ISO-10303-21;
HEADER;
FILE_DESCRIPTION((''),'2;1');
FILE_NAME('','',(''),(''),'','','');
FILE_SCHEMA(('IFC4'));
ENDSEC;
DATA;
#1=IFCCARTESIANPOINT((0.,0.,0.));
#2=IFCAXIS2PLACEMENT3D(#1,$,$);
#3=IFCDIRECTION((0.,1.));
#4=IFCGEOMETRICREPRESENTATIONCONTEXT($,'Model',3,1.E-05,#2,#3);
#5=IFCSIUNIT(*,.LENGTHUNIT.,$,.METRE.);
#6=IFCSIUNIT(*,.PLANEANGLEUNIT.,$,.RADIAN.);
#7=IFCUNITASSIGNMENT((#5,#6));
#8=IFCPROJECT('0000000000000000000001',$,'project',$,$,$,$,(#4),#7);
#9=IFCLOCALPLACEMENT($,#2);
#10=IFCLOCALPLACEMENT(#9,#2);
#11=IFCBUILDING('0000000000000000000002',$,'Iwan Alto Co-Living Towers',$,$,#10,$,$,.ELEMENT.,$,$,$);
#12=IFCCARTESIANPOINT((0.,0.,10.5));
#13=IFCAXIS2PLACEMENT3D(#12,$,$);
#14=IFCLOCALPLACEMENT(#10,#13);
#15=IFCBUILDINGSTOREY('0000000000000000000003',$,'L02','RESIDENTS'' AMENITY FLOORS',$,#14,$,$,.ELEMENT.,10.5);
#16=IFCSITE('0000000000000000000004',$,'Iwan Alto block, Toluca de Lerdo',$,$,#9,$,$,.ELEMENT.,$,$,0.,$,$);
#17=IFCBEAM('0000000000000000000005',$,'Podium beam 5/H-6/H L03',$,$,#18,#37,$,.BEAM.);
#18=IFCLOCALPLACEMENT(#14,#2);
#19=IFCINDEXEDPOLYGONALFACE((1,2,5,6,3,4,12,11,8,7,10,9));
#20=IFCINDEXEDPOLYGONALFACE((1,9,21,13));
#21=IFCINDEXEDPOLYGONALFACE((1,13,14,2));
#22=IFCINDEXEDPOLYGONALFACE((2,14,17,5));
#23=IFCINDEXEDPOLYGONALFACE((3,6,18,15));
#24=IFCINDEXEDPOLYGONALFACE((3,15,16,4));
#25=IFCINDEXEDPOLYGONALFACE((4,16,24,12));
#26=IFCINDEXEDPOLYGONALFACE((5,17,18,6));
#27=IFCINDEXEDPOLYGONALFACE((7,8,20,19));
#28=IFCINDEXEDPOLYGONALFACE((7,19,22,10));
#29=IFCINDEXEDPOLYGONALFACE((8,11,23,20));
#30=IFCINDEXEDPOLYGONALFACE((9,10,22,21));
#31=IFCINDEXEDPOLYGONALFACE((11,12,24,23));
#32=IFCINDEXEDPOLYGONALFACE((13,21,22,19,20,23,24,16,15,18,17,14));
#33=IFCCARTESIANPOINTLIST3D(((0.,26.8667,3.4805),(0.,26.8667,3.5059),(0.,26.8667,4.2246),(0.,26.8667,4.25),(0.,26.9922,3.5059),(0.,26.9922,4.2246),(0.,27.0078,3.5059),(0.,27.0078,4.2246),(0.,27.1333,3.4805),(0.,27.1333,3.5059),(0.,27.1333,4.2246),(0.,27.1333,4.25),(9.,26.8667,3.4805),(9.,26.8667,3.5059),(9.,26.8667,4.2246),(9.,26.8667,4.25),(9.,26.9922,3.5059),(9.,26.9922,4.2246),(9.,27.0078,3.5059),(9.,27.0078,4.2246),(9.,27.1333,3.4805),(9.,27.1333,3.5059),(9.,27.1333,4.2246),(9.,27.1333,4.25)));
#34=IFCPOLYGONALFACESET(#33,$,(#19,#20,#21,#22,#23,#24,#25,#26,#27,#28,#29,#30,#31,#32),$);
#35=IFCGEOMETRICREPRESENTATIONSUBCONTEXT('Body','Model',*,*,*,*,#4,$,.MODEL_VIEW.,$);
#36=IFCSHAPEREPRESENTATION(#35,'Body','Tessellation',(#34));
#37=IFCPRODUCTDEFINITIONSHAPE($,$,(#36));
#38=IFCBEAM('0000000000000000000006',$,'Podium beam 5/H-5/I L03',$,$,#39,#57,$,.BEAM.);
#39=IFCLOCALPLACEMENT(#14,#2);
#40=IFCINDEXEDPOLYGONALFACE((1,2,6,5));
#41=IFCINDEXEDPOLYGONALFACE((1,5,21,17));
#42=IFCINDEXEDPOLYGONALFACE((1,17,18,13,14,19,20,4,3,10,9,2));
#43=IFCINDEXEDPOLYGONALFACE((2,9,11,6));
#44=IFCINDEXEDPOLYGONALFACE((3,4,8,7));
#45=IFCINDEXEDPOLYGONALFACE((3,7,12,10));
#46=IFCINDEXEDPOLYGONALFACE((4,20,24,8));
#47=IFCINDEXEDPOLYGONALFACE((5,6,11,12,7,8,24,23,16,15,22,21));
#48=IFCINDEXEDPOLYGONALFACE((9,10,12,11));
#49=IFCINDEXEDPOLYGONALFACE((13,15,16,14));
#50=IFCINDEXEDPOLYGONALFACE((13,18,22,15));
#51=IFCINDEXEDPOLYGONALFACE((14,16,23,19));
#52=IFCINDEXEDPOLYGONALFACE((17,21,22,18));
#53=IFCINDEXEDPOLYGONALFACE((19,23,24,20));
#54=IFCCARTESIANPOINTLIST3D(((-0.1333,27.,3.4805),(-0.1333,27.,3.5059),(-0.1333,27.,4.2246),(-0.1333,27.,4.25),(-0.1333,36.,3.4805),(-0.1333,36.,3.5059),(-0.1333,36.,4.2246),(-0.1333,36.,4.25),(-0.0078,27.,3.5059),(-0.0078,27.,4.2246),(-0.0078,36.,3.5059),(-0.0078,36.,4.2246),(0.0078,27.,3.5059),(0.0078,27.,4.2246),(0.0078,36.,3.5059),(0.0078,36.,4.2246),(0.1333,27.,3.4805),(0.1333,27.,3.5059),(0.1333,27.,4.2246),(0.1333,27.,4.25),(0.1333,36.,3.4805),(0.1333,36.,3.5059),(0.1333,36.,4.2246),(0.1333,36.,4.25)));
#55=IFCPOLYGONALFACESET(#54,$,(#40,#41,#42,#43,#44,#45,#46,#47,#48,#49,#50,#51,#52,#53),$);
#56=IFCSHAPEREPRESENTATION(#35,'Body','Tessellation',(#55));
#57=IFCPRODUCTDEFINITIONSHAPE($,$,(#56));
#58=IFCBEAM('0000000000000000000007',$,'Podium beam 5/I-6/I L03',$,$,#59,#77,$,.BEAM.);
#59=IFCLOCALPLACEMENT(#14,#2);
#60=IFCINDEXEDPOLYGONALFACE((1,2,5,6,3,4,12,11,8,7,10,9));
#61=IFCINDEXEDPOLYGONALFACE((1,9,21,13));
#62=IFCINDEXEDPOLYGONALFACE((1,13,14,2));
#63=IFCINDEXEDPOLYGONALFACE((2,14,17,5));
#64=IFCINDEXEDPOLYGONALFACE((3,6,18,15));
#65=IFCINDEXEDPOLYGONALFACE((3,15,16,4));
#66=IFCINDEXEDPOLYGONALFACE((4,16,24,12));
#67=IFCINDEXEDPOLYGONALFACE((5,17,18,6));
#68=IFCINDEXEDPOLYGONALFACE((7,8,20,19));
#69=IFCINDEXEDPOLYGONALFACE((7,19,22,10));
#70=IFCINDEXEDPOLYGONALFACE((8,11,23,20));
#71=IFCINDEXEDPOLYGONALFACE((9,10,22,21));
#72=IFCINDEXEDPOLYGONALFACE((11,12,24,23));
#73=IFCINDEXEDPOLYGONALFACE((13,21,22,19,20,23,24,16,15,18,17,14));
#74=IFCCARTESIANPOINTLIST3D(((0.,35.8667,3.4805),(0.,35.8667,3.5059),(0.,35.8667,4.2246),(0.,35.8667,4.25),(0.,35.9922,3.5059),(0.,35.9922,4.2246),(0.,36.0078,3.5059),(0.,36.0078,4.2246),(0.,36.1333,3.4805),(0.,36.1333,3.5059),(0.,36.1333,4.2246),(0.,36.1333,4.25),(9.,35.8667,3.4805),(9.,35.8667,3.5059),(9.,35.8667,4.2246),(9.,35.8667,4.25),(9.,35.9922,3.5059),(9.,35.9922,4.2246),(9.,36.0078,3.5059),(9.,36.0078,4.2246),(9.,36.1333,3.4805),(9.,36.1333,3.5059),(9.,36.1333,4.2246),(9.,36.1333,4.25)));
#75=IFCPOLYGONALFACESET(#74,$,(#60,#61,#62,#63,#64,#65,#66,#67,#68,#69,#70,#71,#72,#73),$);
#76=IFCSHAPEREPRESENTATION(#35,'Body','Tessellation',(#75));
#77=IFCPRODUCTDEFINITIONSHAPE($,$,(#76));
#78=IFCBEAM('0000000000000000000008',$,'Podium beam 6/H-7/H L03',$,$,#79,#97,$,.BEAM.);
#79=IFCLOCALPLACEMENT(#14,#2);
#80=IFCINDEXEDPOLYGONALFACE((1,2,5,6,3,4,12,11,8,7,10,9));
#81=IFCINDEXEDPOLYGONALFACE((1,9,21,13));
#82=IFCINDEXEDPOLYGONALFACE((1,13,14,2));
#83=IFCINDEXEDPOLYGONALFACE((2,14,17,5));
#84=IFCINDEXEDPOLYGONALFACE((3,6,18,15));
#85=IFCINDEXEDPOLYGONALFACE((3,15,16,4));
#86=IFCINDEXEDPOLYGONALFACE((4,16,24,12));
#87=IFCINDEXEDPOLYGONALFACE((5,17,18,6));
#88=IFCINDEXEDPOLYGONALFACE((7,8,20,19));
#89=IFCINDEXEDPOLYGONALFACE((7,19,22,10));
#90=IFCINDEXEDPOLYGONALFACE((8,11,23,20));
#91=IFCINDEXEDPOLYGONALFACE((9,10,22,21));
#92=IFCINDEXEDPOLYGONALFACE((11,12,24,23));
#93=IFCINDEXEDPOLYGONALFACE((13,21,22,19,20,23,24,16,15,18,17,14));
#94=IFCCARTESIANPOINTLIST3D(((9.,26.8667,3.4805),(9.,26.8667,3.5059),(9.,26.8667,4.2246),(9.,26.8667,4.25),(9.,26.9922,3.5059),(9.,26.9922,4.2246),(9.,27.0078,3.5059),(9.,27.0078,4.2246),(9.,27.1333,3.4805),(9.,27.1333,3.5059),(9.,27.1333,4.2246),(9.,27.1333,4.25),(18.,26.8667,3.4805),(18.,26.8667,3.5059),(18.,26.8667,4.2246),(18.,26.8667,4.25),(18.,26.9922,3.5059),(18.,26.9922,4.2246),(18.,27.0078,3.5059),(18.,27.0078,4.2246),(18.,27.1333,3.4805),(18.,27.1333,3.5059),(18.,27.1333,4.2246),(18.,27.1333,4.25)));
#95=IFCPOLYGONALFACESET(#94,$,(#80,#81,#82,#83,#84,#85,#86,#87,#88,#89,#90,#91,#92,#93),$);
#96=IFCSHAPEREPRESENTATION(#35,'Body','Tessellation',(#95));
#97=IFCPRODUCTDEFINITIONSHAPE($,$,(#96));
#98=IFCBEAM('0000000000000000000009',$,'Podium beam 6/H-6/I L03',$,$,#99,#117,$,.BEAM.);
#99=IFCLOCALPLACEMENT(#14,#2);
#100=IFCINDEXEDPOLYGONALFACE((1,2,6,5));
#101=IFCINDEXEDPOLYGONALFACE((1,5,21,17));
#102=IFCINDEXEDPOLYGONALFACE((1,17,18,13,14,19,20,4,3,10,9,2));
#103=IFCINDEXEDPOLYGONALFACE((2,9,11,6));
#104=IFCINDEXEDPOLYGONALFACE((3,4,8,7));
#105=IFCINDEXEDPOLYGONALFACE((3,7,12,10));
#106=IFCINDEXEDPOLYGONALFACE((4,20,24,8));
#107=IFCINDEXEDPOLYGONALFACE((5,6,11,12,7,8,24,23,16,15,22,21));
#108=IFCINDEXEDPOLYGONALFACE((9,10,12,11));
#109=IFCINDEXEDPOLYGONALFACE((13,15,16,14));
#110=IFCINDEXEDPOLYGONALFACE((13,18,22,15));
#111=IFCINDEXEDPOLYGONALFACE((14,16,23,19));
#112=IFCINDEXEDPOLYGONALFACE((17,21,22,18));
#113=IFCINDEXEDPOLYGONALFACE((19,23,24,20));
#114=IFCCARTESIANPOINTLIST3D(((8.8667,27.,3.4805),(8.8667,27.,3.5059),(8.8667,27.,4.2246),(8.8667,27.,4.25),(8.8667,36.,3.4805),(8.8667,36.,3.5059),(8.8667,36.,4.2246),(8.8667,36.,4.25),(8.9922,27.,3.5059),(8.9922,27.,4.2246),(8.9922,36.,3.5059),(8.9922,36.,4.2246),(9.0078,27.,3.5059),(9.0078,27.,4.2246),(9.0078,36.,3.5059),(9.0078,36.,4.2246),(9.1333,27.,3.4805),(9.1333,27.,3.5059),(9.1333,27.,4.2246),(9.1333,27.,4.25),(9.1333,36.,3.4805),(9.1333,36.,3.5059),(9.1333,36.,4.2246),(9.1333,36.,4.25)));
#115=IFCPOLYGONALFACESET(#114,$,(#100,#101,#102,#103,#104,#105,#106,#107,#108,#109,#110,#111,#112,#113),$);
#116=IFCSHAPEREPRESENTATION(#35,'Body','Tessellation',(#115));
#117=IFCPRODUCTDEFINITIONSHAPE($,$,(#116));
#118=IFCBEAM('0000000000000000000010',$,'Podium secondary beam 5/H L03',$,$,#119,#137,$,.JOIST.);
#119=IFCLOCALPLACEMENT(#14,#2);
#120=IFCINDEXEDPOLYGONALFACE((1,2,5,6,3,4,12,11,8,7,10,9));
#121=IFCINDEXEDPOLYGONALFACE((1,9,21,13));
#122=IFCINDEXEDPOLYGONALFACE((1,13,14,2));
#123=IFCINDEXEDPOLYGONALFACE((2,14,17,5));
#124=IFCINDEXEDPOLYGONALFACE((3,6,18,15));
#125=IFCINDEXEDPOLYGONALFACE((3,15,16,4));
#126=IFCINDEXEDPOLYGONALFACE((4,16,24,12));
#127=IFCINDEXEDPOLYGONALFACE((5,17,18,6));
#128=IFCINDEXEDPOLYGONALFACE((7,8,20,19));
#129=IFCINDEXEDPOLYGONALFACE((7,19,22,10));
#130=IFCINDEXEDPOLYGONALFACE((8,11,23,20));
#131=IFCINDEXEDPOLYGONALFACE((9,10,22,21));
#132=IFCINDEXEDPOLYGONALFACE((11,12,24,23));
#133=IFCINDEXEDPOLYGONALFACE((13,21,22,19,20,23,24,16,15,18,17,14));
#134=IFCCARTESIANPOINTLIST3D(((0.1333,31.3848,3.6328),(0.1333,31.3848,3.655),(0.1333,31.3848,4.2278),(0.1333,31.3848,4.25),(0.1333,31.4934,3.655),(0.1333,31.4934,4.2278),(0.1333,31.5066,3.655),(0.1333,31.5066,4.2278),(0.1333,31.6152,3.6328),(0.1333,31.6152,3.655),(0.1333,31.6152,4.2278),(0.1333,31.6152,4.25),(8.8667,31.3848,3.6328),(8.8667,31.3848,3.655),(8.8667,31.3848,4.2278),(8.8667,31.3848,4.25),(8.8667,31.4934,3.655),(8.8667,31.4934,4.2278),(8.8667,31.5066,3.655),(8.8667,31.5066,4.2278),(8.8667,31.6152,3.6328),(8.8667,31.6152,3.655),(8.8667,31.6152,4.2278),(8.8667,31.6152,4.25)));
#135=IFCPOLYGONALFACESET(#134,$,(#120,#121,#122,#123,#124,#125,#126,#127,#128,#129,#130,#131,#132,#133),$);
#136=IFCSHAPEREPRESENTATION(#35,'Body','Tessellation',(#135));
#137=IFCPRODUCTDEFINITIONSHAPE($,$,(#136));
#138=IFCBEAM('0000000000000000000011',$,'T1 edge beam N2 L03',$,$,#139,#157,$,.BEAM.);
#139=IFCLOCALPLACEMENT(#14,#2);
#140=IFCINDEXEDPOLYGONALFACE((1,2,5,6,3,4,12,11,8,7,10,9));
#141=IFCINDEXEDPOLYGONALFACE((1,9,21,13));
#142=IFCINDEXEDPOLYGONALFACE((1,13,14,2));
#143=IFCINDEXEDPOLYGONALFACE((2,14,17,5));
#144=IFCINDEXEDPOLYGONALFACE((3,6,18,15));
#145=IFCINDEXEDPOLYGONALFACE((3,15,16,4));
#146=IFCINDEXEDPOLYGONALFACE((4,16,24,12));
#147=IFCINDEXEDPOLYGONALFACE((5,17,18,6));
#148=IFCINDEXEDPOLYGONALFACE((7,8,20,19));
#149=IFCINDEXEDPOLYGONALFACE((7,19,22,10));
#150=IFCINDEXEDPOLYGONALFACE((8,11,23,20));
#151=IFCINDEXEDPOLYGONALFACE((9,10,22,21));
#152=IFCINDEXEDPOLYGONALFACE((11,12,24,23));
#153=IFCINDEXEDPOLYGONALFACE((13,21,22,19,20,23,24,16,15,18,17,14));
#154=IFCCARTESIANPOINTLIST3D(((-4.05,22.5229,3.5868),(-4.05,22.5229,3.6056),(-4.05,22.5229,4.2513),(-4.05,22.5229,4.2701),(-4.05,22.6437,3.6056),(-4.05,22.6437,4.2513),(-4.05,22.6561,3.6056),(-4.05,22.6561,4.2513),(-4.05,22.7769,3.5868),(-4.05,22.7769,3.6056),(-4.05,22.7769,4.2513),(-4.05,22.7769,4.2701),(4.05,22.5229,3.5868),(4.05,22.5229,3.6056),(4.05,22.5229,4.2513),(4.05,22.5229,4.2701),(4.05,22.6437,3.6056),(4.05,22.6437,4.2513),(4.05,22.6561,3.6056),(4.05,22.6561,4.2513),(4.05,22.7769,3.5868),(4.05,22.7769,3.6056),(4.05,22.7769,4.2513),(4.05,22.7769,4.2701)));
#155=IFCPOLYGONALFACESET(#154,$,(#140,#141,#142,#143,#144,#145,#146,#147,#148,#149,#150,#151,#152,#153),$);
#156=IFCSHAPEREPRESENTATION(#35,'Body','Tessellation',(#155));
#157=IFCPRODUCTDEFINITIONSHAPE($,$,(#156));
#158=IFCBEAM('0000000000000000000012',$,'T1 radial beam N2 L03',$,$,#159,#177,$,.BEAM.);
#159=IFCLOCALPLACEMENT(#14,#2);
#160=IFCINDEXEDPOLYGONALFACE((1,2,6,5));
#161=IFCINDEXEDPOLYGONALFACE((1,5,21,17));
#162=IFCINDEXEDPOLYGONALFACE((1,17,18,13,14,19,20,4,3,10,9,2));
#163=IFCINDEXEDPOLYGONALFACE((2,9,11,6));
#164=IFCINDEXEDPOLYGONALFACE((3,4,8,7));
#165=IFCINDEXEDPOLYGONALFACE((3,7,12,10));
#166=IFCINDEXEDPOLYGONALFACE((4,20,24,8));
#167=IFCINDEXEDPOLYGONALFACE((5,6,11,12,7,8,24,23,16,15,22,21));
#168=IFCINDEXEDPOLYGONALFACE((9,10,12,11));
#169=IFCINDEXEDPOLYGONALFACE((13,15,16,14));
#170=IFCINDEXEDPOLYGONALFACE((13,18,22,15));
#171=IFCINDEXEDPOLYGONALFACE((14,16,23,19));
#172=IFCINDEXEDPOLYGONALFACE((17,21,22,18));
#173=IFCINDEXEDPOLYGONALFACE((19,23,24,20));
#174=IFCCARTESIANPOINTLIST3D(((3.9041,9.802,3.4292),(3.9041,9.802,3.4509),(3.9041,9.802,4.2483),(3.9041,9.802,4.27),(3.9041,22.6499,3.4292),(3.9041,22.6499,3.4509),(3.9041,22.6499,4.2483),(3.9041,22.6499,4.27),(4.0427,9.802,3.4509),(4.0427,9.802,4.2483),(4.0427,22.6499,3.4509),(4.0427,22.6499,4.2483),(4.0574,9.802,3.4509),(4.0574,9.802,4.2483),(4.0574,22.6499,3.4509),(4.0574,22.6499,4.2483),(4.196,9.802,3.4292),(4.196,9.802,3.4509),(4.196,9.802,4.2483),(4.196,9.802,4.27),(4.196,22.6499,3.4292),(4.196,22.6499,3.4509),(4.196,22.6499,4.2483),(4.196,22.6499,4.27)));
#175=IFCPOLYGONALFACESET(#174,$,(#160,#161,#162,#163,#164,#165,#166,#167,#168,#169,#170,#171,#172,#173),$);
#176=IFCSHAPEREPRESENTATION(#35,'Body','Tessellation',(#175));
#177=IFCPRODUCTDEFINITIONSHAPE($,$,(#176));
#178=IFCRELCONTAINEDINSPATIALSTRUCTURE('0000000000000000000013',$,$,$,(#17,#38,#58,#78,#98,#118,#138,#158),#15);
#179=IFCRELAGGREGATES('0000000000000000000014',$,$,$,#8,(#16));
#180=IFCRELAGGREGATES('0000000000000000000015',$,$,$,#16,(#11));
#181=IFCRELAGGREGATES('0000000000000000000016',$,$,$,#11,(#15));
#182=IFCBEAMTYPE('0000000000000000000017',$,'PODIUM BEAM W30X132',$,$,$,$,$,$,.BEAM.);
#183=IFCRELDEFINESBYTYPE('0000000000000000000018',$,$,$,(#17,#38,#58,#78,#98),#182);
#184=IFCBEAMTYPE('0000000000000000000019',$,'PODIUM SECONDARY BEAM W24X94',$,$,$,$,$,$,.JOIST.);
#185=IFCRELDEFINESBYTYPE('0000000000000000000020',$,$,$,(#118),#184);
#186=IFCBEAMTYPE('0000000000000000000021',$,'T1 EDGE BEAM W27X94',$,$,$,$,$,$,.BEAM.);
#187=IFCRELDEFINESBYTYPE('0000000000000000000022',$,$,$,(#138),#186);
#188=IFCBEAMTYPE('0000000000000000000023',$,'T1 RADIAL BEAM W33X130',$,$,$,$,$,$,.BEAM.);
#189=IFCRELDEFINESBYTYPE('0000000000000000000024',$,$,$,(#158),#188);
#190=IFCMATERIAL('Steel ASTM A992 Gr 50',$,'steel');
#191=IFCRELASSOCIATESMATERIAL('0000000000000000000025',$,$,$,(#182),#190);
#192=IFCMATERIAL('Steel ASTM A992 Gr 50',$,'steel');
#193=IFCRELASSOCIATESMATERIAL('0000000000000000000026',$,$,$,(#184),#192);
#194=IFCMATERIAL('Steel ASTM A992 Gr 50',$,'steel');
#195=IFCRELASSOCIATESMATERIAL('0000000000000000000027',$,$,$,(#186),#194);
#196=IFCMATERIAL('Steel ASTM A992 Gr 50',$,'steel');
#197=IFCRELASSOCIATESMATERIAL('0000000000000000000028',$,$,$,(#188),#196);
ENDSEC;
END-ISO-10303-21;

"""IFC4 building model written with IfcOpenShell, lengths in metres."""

from ifc_helpers import new_model, si_unit, direction, frame, origin, origin_2d, place, context, subcontext, project, spatial, i_section, extrude, material, material_profile, profile_set, type_object, element, save


model = new_model("IFC4")

# Units and contexts
model_context = context("Model", 3, precision=1e-05, world=origin(), true_north=direction((0.0, 1.0)))
body_context = subcontext(model_context, "Body", "Model", "MODEL_VIEW")
ifc_project = project(units=[si_unit("LENGTHUNIT", "METRE"), si_unit("PLANEANGLEUNIT", "RADIAN")], contexts=[model_context])

# Site, building, storey
site_placement = place(None, origin())
site = spatial("IfcSite", under=ifc_project, at=site_placement, Name="Iwan Alto block, Toluca de Lerdo", CompositionType="ELEMENT", RefElevation=0.0)
building_placement = place(site_placement, origin())
building = spatial("IfcBuilding", under=site, at=building_placement, Name="Iwan Alto Co-Living Towers", CompositionType="ELEMENT")
storey_placement = place(building_placement, frame((0.0, 0.0, 10.5)))
storey = spatial("IfcBuildingStorey", under=building, at=storey_placement, Name="L02", Description="RESIDENTS' AMENITY FLOORS", CompositionType="ELEMENT", Elevation=10.5)

# Beams
ifc_material_1 = material(Name="Steel ASTM A992 Gr 50", Category="steel")
ifc_material_profile_1 = material_profile(ifc_material_1, i_section(OverallWidth=0.2666, OverallDepth=0.7695, WebThickness=0.0156, FlangeThickness=0.0254, at=origin_2d()), Name="W30X132")
ifc_profile_set_1 = profile_set([ifc_material_profile_1], Name="Steel ASTM A992 Gr 50")
beam_type_1 = type_object("IfcBeamType", Name="PODIUM BEAM W30X132", PredefinedType="BEAM", material=ifc_profile_set_1)
for number, where, z_axis, x_axis, name in (
    (1, (0.0, 27.0, 3.8652), (1.0, 0.0, 0.0), (0.0, 1.0, 0.0), "Podium beam 5/H-6/H L03"),
    (2, (0.0, 27.0, 3.8652), (0.0, 1.0, 0.0), (-1.0, 0.0, 0.0), "Podium beam 5/H-5/I L03"),
    (3, (0.0, 36.0, 3.8652), (1.0, 0.0, 0.0), (0.0, 1.0, 0.0), "Podium beam 5/I-6/I L03"),
    (4, (9.0, 27.0, 3.8652), (1.0, 0.0, 0.0), (0.0, 1.0, 0.0), "Podium beam 6/H-7/H L03"),
    (5, (9.0, 27.0, 3.8652), (0.0, 1.0, 0.0), (-1.0, 0.0, 0.0), "Podium beam 6/H-6/I L03"),
):
    element("IfcBeam", number, at=place(storey_placement, frame(where, z_axis=z_axis, x_axis=x_axis)), inside=storey, type_object=beam_type_1, Name=name, PredefinedType="BEAM", context=body_context, shape_type="SweptSolid", body=[
        extrude(i_section(OverallWidth=0.2666, OverallDepth=0.7695, WebThickness=0.0156, FlangeThickness=0.0254, at=origin_2d()), origin(), (0.0, 0.0, 1.0), 9.0),
    ])
ifc_material_2 = material(Name="Steel ASTM A992 Gr 50", Category="steel")
ifc_material_profile_2 = material_profile(ifc_material_2, i_section(OverallWidth=0.2305, OverallDepth=0.6172, WebThickness=0.0132, FlangeThickness=0.0222, at=origin_2d()), Name="W24X94")
ifc_profile_set_2 = profile_set([ifc_material_profile_2], Name="Steel ASTM A992 Gr 50")
beam_type_2 = type_object("IfcBeamType", Name="PODIUM SECONDARY BEAM W24X94", PredefinedType="JOIST", material=ifc_profile_set_2)
beam_1_placement = place(storey_placement, frame((0.1333, 31.5, 3.9414), z_axis=(1.0, 0.0, 0.0), x_axis=(0.0, 1.0, 0.0)))
element("IfcBeam", 6, at=beam_1_placement, inside=storey, type_object=beam_type_2, Name="Podium secondary beam 5/H L03", PredefinedType="JOIST", context=body_context, shape_type="SweptSolid", body=[
    extrude(i_section(OverallWidth=0.2305, OverallDepth=0.6172, WebThickness=0.0132, FlangeThickness=0.0222, at=origin_2d()), origin(), (0.0, 0.0, 1.0), 8.7334),
])
ifc_material_3 = material(Name="Steel ASTM A992 Gr 50", Category="steel")
ifc_material_profile_3 = material_profile(ifc_material_3, i_section(OverallWidth=0.2539, OverallDepth=0.6833, WebThickness=0.0125, FlangeThickness=0.0188, at=origin_2d()), Name="W27X94")
ifc_profile_set_3 = profile_set([ifc_material_profile_3], Name="Steel ASTM A992 Gr 50")
beam_type_3 = type_object("IfcBeamType", Name="T1 EDGE BEAM W27X94", PredefinedType="BEAM", material=ifc_profile_set_3)
beam_2_placement = place(storey_placement, frame((4.05, 22.6499, 3.9285), z_axis=(-1.0, 0.0, 0.0), x_axis=(0.0, -1.0, 0.0)))
element("IfcBeam", 7, at=beam_2_placement, inside=storey, type_object=beam_type_3, Name="T1 edge beam N2 L03", PredefinedType="BEAM", context=body_context, shape_type="SweptSolid", body=[
    extrude(i_section(OverallWidth=0.2539, OverallDepth=0.6833, WebThickness=0.0125, FlangeThickness=0.0188, at=origin_2d()), origin(), (0.0, 0.0, 1.0), 8.1001),
])
ifc_material_4 = material(Name="Steel ASTM A992 Gr 50", Category="steel")
ifc_material_profile_4 = material_profile(ifc_material_4, i_section(OverallWidth=0.292, OverallDepth=0.8408, WebThickness=0.0146, FlangeThickness=0.0217, at=origin_2d()), Name="W33X130")
ifc_profile_set_4 = profile_set([ifc_material_profile_4], Name="Steel ASTM A992 Gr 50")
beam_type_4 = type_object("IfcBeamType", Name="T1 RADIAL BEAM W33X130", PredefinedType="BEAM", material=ifc_profile_set_4)
beam_3_placement = place(storey_placement, frame((4.05, 22.6499, 3.8496), z_axis=(0.0, -1.0, 0.0), x_axis=(1.0, 0.0, 0.0)))
element("IfcBeam", 8, at=beam_3_placement, inside=storey, type_object=beam_type_4, Name="T1 radial beam N2 L03", PredefinedType="BEAM", context=body_context, shape_type="SweptSolid", body=[
    extrude(i_section(OverallWidth=0.292, OverallDepth=0.8408, WebThickness=0.0146, FlangeThickness=0.0217, at=origin_2d()), origin(), (0.0, 0.0, 1.0), 12.8479),
])

save(model, "model.ifc")
